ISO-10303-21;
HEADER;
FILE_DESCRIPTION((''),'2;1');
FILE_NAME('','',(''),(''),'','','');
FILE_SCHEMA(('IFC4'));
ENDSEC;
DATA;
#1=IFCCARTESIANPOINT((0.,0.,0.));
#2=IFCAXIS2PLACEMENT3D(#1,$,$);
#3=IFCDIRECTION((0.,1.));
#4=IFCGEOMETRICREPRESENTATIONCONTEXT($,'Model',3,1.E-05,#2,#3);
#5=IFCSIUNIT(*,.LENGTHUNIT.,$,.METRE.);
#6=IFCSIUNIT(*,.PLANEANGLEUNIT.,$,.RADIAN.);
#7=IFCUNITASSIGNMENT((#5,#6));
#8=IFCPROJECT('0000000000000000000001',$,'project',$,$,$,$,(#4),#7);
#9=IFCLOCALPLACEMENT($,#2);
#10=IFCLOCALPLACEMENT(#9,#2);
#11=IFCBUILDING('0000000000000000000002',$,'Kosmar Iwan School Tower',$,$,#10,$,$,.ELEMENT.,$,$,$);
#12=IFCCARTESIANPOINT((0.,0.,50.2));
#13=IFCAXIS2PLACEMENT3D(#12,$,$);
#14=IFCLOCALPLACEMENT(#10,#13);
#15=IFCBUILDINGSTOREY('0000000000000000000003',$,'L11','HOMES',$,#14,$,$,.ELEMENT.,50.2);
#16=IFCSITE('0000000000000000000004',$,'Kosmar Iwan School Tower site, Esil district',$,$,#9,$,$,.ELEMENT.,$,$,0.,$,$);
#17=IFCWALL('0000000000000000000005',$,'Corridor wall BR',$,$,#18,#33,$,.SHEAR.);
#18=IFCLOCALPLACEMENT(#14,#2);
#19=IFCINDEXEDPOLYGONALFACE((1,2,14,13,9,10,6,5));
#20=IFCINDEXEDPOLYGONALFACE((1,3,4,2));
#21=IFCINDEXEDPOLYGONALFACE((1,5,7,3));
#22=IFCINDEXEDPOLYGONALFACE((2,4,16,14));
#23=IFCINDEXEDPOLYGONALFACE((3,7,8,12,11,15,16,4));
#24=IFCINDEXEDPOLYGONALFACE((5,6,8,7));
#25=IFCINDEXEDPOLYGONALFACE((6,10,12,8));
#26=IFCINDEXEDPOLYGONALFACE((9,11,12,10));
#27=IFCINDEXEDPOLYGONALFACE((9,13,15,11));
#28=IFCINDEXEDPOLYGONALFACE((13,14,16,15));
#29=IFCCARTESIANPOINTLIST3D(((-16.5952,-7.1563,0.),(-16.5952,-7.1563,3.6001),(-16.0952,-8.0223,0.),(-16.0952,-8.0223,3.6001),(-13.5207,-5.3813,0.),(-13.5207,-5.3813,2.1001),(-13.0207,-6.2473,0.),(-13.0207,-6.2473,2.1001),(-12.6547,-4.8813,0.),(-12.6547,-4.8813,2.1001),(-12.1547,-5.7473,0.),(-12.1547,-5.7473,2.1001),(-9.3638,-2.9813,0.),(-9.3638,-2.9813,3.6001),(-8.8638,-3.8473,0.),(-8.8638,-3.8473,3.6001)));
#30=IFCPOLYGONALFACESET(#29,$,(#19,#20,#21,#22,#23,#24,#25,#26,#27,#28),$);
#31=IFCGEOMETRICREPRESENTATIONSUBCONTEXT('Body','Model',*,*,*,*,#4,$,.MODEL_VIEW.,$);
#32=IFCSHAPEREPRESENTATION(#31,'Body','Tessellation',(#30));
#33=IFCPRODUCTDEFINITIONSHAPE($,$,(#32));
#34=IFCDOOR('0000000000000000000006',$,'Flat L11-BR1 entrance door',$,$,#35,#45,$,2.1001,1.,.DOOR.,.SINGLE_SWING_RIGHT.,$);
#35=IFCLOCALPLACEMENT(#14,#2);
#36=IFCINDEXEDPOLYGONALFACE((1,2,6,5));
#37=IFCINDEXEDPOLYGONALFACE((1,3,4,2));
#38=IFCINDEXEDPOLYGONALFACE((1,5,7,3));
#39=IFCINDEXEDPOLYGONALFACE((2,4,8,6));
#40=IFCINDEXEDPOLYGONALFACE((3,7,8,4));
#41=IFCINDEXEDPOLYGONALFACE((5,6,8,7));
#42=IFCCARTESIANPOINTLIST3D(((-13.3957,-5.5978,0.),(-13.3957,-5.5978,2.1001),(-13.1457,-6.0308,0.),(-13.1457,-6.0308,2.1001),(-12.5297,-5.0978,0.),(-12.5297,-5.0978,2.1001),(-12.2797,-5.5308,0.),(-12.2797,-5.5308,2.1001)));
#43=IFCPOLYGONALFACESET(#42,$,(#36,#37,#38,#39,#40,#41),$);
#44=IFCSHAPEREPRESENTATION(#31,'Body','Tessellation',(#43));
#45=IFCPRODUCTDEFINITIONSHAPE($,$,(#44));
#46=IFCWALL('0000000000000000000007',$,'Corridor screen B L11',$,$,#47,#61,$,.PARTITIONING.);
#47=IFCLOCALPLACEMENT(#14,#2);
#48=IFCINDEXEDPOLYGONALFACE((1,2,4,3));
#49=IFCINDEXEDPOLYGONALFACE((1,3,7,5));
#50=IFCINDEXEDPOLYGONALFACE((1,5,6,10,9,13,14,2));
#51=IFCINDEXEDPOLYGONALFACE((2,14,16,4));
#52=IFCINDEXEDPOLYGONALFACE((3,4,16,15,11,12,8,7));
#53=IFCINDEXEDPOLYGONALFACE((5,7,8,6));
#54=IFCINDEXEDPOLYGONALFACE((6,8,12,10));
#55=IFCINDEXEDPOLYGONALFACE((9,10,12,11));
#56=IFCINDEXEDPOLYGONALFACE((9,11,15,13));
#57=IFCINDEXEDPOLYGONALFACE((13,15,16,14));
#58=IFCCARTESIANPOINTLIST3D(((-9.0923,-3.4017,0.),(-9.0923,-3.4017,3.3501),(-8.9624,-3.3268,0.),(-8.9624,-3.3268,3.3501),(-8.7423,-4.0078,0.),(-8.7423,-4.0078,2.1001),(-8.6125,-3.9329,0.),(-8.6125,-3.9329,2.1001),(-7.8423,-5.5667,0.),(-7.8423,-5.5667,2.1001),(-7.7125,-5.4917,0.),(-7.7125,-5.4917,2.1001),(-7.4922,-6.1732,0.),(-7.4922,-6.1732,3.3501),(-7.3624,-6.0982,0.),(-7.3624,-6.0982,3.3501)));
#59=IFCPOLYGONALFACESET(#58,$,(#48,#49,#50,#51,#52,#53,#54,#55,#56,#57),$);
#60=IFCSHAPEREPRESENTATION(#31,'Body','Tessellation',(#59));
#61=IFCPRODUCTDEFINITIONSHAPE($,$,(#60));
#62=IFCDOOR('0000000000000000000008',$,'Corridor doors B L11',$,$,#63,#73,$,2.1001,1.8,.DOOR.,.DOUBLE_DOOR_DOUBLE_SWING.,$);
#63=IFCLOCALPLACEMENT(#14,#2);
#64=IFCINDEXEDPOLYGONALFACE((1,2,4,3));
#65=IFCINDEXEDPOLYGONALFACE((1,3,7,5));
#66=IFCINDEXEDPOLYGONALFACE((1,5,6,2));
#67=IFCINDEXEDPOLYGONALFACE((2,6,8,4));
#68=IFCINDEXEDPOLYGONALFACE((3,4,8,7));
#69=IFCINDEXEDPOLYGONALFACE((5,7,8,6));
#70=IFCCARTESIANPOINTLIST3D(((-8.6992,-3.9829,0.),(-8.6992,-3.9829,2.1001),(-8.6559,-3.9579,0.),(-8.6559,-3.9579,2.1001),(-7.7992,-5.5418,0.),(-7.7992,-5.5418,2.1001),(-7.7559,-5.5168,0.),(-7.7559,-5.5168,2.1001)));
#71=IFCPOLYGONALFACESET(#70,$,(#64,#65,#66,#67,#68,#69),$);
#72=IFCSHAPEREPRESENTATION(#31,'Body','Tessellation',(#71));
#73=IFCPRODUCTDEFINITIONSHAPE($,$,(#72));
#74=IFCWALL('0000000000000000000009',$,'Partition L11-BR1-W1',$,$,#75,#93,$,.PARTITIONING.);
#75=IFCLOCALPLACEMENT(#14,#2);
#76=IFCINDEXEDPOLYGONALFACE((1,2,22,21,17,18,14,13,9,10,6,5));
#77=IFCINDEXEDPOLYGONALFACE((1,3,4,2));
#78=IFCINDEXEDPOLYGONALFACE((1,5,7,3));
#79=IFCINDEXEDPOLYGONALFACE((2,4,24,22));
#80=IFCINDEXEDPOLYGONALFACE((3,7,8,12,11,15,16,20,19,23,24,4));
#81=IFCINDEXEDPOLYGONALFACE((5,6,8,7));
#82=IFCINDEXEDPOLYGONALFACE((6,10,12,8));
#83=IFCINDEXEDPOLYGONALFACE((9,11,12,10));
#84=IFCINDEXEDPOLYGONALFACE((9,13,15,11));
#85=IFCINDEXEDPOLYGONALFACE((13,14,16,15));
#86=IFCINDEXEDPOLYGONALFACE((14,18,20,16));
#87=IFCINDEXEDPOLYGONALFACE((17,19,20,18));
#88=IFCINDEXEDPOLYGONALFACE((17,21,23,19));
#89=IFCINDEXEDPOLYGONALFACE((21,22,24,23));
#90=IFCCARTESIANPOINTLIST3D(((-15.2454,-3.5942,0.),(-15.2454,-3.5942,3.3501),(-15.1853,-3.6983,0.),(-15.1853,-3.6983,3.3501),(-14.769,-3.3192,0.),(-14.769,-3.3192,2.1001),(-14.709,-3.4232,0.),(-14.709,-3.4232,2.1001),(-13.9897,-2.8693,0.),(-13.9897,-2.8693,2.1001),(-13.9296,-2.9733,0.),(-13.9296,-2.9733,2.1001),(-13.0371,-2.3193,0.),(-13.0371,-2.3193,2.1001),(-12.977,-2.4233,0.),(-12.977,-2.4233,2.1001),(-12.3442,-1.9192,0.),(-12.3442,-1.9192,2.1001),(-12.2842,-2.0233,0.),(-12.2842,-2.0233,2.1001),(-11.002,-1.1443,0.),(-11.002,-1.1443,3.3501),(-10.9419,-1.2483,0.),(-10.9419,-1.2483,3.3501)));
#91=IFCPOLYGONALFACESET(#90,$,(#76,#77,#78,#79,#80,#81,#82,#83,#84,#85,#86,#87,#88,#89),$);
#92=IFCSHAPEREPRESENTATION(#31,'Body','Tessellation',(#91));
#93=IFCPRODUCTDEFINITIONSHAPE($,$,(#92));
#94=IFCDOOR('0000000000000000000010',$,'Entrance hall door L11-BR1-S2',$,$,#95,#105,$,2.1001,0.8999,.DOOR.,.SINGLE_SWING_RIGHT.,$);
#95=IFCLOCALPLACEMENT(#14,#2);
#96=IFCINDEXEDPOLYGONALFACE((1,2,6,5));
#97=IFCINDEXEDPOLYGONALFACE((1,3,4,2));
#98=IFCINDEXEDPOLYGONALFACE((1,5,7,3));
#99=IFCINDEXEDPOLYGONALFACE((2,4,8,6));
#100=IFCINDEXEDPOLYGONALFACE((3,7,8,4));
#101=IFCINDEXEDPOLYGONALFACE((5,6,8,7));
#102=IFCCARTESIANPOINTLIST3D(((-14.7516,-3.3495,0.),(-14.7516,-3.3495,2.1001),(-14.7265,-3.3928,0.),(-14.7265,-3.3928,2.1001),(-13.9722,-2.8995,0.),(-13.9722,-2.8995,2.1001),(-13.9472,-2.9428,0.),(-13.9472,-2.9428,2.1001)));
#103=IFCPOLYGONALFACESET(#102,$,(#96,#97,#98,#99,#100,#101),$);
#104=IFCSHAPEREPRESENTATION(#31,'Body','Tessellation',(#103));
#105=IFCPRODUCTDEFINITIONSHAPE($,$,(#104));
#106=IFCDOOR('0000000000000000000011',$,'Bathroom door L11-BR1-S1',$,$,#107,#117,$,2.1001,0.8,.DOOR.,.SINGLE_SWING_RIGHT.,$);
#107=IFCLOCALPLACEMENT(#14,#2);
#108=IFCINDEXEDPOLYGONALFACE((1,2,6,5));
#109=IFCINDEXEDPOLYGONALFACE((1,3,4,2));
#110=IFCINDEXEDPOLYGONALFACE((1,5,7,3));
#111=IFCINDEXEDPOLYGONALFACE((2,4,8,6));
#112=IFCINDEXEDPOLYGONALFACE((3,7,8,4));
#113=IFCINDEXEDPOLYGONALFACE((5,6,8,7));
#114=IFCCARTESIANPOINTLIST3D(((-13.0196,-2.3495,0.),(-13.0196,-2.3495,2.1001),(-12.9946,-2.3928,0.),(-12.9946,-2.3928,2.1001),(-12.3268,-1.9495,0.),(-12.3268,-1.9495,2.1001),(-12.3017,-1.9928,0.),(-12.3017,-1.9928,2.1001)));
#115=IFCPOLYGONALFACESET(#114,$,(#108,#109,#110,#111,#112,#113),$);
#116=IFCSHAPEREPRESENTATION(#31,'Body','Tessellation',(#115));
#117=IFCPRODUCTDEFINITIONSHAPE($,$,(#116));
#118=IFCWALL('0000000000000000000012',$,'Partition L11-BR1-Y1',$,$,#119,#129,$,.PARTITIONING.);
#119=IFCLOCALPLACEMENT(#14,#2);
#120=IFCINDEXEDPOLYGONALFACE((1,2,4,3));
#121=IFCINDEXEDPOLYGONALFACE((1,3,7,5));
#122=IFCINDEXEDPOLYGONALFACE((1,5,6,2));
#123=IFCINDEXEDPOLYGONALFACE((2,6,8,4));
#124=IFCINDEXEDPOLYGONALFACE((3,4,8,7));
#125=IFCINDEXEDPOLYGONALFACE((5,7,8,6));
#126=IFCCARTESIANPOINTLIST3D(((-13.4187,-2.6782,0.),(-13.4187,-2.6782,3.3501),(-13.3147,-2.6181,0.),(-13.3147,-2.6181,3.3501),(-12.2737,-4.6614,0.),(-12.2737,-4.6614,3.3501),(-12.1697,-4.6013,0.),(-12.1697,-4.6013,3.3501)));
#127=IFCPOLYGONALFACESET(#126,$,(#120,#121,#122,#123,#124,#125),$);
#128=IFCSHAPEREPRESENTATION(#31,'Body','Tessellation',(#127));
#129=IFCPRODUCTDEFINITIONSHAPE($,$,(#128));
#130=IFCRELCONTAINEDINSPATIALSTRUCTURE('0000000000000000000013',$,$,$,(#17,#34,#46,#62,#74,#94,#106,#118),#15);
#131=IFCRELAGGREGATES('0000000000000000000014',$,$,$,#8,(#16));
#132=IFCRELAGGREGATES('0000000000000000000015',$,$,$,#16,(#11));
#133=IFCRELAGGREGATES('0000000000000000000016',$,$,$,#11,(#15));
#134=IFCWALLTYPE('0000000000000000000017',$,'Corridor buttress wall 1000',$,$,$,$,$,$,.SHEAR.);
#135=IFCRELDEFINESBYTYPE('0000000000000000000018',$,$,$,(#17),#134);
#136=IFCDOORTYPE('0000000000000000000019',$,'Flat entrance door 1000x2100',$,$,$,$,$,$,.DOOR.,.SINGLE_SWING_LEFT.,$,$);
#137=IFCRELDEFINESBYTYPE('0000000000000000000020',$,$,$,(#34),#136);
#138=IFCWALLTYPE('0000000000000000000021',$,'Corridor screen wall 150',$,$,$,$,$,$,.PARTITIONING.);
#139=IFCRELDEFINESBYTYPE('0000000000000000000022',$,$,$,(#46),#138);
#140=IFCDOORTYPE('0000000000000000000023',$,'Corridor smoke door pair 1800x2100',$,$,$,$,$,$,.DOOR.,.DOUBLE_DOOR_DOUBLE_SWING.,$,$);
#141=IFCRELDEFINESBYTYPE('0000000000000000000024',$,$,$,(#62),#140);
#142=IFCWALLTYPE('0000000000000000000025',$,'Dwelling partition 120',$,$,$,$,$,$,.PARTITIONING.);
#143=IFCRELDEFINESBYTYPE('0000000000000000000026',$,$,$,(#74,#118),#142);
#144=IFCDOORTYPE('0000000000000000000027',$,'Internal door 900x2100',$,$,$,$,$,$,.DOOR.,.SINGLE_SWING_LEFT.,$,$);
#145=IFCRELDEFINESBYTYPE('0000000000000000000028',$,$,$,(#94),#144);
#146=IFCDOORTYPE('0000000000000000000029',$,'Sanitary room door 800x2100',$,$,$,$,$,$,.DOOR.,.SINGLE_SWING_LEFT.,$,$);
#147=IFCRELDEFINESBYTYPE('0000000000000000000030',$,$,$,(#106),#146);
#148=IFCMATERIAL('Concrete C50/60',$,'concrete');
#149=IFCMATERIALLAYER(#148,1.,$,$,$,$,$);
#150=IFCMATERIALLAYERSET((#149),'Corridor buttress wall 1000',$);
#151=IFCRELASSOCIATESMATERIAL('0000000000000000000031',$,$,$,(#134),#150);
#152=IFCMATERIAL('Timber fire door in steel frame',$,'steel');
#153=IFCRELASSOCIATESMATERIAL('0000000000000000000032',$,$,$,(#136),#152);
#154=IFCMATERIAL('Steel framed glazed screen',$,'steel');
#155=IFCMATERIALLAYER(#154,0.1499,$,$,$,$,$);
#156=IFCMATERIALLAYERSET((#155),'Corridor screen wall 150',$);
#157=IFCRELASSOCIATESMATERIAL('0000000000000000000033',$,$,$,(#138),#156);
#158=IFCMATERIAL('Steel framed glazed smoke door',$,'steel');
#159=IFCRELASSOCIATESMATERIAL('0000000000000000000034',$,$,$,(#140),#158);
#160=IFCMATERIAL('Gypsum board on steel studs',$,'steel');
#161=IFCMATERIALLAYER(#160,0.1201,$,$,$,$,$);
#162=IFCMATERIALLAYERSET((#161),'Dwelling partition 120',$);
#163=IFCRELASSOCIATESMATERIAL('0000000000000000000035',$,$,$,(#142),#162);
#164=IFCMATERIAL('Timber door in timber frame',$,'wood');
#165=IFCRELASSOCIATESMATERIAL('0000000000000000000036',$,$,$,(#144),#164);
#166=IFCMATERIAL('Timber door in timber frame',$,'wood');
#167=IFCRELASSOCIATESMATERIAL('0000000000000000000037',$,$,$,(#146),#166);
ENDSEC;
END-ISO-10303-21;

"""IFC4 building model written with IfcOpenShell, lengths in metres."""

from ifc_helpers import new_model, si_unit, direction, frame, frame_2d, origin, place, context, subcontext, project, spatial, rectangle, extrude, material, layer, layer_set, type_object, element, fill, save


model = new_model("IFC4")

# Units and contexts
model_context = context("Model", 3, precision=1e-05, world=origin(), true_north=direction((0.0, 1.0)))
body_context = subcontext(model_context, "Body", "Model", "MODEL_VIEW")
ifc_project = project(units=[si_unit("LENGTHUNIT", "METRE"), si_unit("PLANEANGLEUNIT", "RADIAN")], contexts=[model_context])

# Site, building, storey
site_placement = place(None, origin())
site = spatial("IfcSite", under=ifc_project, at=site_placement, Name="Kosmar Iwan School Tower site, Esil district", CompositionType="ELEMENT", RefElevation=0.0)
building_placement = place(site_placement, origin())
building = spatial("IfcBuilding", under=site, at=building_placement, Name="Kosmar Iwan School Tower", CompositionType="ELEMENT")
storey_placement = place(building_placement, frame((0.0, 0.0, 50.2)))
storey = spatial("IfcBuildingStorey", under=building, at=storey_placement, Name="L11", Description="HOMES", CompositionType="ELEMENT", Elevation=50.2)

# Walls, openings, doors
ifc_material_1 = material(Name="Concrete C50/60", Category="concrete")
ifc_layer_1 = layer(ifc_material_1, 1.0)
ifc_layer_set_1 = layer_set([ifc_layer_1], Name="Corridor buttress wall 1000")
wall_type_1 = type_object("IfcWallType", Name="Corridor buttress wall 1000", PredefinedType="SHEAR", material=ifc_layer_set_1)
wall_1_placement = place(storey_placement, frame((-9.1138, -3.4143, 0.0), z_axis=(0.0, 0.0, 1.0), x_axis=(-0.866027, -0.499997, 0.0)))
wall_1 = element("IfcWall", 1, at=wall_1_placement, inside=storey, type_object=wall_type_1, Name="Corridor wall BR", PredefinedType="SHEAR", context=body_context, shape_type="SweptSolid", body=[
    extrude(rectangle(XDim=8.3501, YDim=1.0, at=frame_2d((4.175, 0.0))), origin(), (0.0, 0.0, 1.0), 3.6001),
])
opening_1_placement = place(wall_1_placement, frame((3.8, 0.0, 0.0)))
opening_1 = element("IfcOpeningElement", 2, at=opening_1_placement, cuts=wall_1, PredefinedType="OPENING", context=body_context, shape_type="SweptSolid", body=[
    extrude(rectangle(XDim=1.0, YDim=2.1001, at=frame_2d((0.5, 1.05))), frame((0.0, 0.512, 0.0), z_axis=(0.0, -1.0, 0.0), x_axis=(1.0, 0.0, 0.0)), (0.0, 0.0, 1.0), 1.0239),
])
ifc_material_2 = material(Name="Timber fire door in steel frame", Category="steel")
door_type_1 = type_object("IfcDoorType", Name="Flat entrance door 1000x2100", OperationType="SINGLE_SWING_LEFT", PredefinedType="DOOR", material=ifc_material_2)
door_1_placement = place(opening_1_placement, origin())
door_1 = element("IfcDoor", 3, at=door_1_placement, inside=storey, type_object=door_type_1, Name="Flat L11-BR1 entrance door", OperationType="SINGLE_SWING_RIGHT", OverallHeight=2.1001, OverallWidth=1.0, PredefinedType="DOOR", context=body_context, shape_type="SweptSolid", body=[
    extrude(rectangle(XDim=1.0, YDim=2.1001, at=frame_2d((0.5, 1.05))), frame((0.0, 0.25, 0.0), z_axis=(0.0, -1.0, 0.0), x_axis=(1.0, 0.0, 0.0)), (0.0, 0.0, 1.0), 0.5),
])
fill(opening_1, door_1)
ifc_material_3 = material(Name="Steel framed glazed screen", Category="steel")
ifc_layer_2 = layer(ifc_material_3, 0.1499)
ifc_layer_set_2 = layer_set([ifc_layer_2], Name="Corridor screen wall 150")
wall_type_2 = type_object("IfcWallType", Name="Corridor screen wall 150", PredefinedType="PARTITIONING", material=ifc_layer_set_2)
wall_2_placement = place(storey_placement, frame((-9.0273, -3.3643, 0.0), z_axis=(0.0, 0.0, 1.0), x_axis=(0.499995, -0.866028, 0.0)))
wall_2 = element("IfcWall", 4, at=wall_2_placement, inside=storey, type_object=wall_type_2, Name="Corridor screen B L11", PredefinedType="PARTITIONING", context=body_context, shape_type="SweptSolid", body=[
    extrude(rectangle(XDim=3.2002, YDim=0.1499, at=frame_2d((1.6001, 0.0))), origin(), (0.0, 0.0, 1.0), 3.3501),
])
opening_2_placement = place(wall_2_placement, frame((0.7, 0.0, 0.0)))
opening_2 = element("IfcOpeningElement", 5, at=opening_2_placement, cuts=wall_2, PredefinedType="OPENING", context=body_context, shape_type="SweptSolid", body=[
    extrude(rectangle(XDim=1.8, YDim=2.1001, at=frame_2d((0.8999, 1.05))), frame((0.0, 0.0869, 0.0), z_axis=(0.0, -1.0, 0.0), x_axis=(1.0, 0.0, 0.0)), (0.0, 0.0, 1.0), 0.1738),
])
ifc_material_4 = material(Name="Steel framed glazed smoke door", Category="steel")
door_type_2 = type_object("IfcDoorType", Name="Corridor smoke door pair 1800x2100", OperationType="DOUBLE_DOOR_DOUBLE_SWING", PredefinedType="DOOR", material=ifc_material_4)
door_2_placement = place(opening_2_placement, origin())
door_2 = element("IfcDoor", 6, at=door_2_placement, inside=storey, type_object=door_type_2, Name="Corridor doors B L11", OperationType="DOUBLE_DOOR_DOUBLE_SWING", OverallHeight=2.1001, OverallWidth=1.8, PredefinedType="DOOR", context=body_context, shape_type="SweptSolid", body=[
    extrude(rectangle(XDim=1.8, YDim=2.1001, at=frame_2d((0.8999, 1.05))), frame((0.0, 0.0249, 0.0), z_axis=(0.0, -1.0, 0.0), x_axis=(1.0, 0.0, 0.0)), (0.0, 0.0, 1.0), 0.05),
])
fill(opening_2, door_2)

# Wall, openings, doors
ifc_material_5 = material(Name="Gypsum board on steel studs", Category="steel")
ifc_layer_3 = layer(ifc_material_5, 0.1201)
ifc_layer_set_3 = layer_set([ifc_layer_3], Name="Dwelling partition 120")
wall_type_3 = type_object("IfcWallType", Name="Dwelling partition 120", PredefinedType="PARTITIONING", material=ifc_layer_set_3)
wall_3_placement = place(storey_placement, frame((-10.9719, -1.1963, 0.0), z_axis=(0.0, 0.0, 1.0), x_axis=(-0.866024, -0.500003, 0.0)))
wall_3 = element("IfcWall", 7, at=wall_3_placement, inside=storey, type_object=wall_type_3, Name="Partition L11-BR1-W1", PredefinedType="PARTITIONING", context=body_context, shape_type="SweptSolid", body=[
    extrude(rectangle(XDim=4.8999, YDim=0.1201, at=frame_2d((2.45, 0.0))), origin(), (0.0, 0.0, 1.0), 3.3501),
])
opening_3_placement = place(wall_3_placement, frame((1.55, 0.0, 0.0)))
opening_3 = element("IfcOpeningElement", 8, at=opening_3_placement, cuts=wall_3, PredefinedType="OPENING", context=body_context, shape_type="SweptSolid", body=[
    extrude(rectangle(XDim=0.8, YDim=2.1001, at=frame_2d((0.3999, 1.05))), frame((0.0, 0.072, 0.0), z_axis=(0.0, -1.0, 0.0), x_axis=(1.0, 0.0, 0.0)), (0.0, 0.0, 1.0), 0.144),
])
opening_4_placement = place(wall_3_placement, frame((3.45, 0.0, 0.0)))
opening_4 = element("IfcOpeningElement", 9, at=opening_4_placement, cuts=wall_3, PredefinedType="OPENING", context=body_context, shape_type="SweptSolid", body=[
    extrude(rectangle(XDim=0.8999, YDim=2.1001, at=frame_2d((0.45, 1.05))), frame((0.0, 0.072, 0.0), z_axis=(0.0, -1.0, 0.0), x_axis=(1.0, 0.0, 0.0)), (0.0, 0.0, 1.0), 0.144),
])
ifc_material_6 = material(Name="Timber door in timber frame", Category="wood")
door_type_3 = type_object("IfcDoorType", Name="Internal door 900x2100", OperationType="SINGLE_SWING_LEFT", PredefinedType="DOOR", material=ifc_material_6)
door_3_placement = place(opening_4_placement, origin())
door_3 = element("IfcDoor", 10, at=door_3_placement, inside=storey, type_object=door_type_3, Name="Entrance hall door L11-BR1-S2", OperationType="SINGLE_SWING_RIGHT", OverallHeight=2.1001, OverallWidth=0.8999, PredefinedType="DOOR", context=body_context, shape_type="SweptSolid", body=[
    extrude(rectangle(XDim=0.8999, YDim=2.1001, at=frame_2d((0.45, 1.05))), frame((0.0, 0.0249, 0.0), z_axis=(0.0, -1.0, 0.0), x_axis=(1.0, 0.0, 0.0)), (0.0, 0.0, 1.0), 0.05),
])
fill(opening_4, door_3)
ifc_material_7 = material(Name="Timber door in timber frame", Category="wood")
door_type_4 = type_object("IfcDoorType", Name="Sanitary room door 800x2100", OperationType="SINGLE_SWING_LEFT", PredefinedType="DOOR", material=ifc_material_7)
door_4_placement = place(opening_3_placement, origin())
door_4 = element("IfcDoor", 11, at=door_4_placement, inside=storey, type_object=door_type_4, Name="Bathroom door L11-BR1-S1", OperationType="SINGLE_SWING_RIGHT", OverallHeight=2.1001, OverallWidth=0.8, PredefinedType="DOOR", context=body_context, shape_type="SweptSolid", body=[
    extrude(rectangle(XDim=0.8, YDim=2.1001, at=frame_2d((0.3999, 1.05))), frame((0.0, 0.0249, 0.0), z_axis=(0.0, -1.0, 0.0), x_axis=(1.0, 0.0, 0.0)), (0.0, 0.0, 1.0), 0.05),
])
fill(opening_3, door_4)

# Wall
wall_4_placement = place(storey_placement, frame((-12.2217, -4.6313, 0.0), z_axis=(0.0, 0.0, 1.0), x_axis=(-0.500015, 0.866017, 0.0)))
element("IfcWall", 12, at=wall_4_placement, inside=storey, type_object=wall_type_3, Name="Partition L11-BR1-Y1", PredefinedType="PARTITIONING", context=body_context, shape_type="SweptSolid", body=[
    extrude(rectangle(XDim=2.29, YDim=0.1201, at=frame_2d((1.145, 0.0))), origin(), (0.0, 0.0, 1.0), 3.3501),
])

save(model, "model.ifc")
